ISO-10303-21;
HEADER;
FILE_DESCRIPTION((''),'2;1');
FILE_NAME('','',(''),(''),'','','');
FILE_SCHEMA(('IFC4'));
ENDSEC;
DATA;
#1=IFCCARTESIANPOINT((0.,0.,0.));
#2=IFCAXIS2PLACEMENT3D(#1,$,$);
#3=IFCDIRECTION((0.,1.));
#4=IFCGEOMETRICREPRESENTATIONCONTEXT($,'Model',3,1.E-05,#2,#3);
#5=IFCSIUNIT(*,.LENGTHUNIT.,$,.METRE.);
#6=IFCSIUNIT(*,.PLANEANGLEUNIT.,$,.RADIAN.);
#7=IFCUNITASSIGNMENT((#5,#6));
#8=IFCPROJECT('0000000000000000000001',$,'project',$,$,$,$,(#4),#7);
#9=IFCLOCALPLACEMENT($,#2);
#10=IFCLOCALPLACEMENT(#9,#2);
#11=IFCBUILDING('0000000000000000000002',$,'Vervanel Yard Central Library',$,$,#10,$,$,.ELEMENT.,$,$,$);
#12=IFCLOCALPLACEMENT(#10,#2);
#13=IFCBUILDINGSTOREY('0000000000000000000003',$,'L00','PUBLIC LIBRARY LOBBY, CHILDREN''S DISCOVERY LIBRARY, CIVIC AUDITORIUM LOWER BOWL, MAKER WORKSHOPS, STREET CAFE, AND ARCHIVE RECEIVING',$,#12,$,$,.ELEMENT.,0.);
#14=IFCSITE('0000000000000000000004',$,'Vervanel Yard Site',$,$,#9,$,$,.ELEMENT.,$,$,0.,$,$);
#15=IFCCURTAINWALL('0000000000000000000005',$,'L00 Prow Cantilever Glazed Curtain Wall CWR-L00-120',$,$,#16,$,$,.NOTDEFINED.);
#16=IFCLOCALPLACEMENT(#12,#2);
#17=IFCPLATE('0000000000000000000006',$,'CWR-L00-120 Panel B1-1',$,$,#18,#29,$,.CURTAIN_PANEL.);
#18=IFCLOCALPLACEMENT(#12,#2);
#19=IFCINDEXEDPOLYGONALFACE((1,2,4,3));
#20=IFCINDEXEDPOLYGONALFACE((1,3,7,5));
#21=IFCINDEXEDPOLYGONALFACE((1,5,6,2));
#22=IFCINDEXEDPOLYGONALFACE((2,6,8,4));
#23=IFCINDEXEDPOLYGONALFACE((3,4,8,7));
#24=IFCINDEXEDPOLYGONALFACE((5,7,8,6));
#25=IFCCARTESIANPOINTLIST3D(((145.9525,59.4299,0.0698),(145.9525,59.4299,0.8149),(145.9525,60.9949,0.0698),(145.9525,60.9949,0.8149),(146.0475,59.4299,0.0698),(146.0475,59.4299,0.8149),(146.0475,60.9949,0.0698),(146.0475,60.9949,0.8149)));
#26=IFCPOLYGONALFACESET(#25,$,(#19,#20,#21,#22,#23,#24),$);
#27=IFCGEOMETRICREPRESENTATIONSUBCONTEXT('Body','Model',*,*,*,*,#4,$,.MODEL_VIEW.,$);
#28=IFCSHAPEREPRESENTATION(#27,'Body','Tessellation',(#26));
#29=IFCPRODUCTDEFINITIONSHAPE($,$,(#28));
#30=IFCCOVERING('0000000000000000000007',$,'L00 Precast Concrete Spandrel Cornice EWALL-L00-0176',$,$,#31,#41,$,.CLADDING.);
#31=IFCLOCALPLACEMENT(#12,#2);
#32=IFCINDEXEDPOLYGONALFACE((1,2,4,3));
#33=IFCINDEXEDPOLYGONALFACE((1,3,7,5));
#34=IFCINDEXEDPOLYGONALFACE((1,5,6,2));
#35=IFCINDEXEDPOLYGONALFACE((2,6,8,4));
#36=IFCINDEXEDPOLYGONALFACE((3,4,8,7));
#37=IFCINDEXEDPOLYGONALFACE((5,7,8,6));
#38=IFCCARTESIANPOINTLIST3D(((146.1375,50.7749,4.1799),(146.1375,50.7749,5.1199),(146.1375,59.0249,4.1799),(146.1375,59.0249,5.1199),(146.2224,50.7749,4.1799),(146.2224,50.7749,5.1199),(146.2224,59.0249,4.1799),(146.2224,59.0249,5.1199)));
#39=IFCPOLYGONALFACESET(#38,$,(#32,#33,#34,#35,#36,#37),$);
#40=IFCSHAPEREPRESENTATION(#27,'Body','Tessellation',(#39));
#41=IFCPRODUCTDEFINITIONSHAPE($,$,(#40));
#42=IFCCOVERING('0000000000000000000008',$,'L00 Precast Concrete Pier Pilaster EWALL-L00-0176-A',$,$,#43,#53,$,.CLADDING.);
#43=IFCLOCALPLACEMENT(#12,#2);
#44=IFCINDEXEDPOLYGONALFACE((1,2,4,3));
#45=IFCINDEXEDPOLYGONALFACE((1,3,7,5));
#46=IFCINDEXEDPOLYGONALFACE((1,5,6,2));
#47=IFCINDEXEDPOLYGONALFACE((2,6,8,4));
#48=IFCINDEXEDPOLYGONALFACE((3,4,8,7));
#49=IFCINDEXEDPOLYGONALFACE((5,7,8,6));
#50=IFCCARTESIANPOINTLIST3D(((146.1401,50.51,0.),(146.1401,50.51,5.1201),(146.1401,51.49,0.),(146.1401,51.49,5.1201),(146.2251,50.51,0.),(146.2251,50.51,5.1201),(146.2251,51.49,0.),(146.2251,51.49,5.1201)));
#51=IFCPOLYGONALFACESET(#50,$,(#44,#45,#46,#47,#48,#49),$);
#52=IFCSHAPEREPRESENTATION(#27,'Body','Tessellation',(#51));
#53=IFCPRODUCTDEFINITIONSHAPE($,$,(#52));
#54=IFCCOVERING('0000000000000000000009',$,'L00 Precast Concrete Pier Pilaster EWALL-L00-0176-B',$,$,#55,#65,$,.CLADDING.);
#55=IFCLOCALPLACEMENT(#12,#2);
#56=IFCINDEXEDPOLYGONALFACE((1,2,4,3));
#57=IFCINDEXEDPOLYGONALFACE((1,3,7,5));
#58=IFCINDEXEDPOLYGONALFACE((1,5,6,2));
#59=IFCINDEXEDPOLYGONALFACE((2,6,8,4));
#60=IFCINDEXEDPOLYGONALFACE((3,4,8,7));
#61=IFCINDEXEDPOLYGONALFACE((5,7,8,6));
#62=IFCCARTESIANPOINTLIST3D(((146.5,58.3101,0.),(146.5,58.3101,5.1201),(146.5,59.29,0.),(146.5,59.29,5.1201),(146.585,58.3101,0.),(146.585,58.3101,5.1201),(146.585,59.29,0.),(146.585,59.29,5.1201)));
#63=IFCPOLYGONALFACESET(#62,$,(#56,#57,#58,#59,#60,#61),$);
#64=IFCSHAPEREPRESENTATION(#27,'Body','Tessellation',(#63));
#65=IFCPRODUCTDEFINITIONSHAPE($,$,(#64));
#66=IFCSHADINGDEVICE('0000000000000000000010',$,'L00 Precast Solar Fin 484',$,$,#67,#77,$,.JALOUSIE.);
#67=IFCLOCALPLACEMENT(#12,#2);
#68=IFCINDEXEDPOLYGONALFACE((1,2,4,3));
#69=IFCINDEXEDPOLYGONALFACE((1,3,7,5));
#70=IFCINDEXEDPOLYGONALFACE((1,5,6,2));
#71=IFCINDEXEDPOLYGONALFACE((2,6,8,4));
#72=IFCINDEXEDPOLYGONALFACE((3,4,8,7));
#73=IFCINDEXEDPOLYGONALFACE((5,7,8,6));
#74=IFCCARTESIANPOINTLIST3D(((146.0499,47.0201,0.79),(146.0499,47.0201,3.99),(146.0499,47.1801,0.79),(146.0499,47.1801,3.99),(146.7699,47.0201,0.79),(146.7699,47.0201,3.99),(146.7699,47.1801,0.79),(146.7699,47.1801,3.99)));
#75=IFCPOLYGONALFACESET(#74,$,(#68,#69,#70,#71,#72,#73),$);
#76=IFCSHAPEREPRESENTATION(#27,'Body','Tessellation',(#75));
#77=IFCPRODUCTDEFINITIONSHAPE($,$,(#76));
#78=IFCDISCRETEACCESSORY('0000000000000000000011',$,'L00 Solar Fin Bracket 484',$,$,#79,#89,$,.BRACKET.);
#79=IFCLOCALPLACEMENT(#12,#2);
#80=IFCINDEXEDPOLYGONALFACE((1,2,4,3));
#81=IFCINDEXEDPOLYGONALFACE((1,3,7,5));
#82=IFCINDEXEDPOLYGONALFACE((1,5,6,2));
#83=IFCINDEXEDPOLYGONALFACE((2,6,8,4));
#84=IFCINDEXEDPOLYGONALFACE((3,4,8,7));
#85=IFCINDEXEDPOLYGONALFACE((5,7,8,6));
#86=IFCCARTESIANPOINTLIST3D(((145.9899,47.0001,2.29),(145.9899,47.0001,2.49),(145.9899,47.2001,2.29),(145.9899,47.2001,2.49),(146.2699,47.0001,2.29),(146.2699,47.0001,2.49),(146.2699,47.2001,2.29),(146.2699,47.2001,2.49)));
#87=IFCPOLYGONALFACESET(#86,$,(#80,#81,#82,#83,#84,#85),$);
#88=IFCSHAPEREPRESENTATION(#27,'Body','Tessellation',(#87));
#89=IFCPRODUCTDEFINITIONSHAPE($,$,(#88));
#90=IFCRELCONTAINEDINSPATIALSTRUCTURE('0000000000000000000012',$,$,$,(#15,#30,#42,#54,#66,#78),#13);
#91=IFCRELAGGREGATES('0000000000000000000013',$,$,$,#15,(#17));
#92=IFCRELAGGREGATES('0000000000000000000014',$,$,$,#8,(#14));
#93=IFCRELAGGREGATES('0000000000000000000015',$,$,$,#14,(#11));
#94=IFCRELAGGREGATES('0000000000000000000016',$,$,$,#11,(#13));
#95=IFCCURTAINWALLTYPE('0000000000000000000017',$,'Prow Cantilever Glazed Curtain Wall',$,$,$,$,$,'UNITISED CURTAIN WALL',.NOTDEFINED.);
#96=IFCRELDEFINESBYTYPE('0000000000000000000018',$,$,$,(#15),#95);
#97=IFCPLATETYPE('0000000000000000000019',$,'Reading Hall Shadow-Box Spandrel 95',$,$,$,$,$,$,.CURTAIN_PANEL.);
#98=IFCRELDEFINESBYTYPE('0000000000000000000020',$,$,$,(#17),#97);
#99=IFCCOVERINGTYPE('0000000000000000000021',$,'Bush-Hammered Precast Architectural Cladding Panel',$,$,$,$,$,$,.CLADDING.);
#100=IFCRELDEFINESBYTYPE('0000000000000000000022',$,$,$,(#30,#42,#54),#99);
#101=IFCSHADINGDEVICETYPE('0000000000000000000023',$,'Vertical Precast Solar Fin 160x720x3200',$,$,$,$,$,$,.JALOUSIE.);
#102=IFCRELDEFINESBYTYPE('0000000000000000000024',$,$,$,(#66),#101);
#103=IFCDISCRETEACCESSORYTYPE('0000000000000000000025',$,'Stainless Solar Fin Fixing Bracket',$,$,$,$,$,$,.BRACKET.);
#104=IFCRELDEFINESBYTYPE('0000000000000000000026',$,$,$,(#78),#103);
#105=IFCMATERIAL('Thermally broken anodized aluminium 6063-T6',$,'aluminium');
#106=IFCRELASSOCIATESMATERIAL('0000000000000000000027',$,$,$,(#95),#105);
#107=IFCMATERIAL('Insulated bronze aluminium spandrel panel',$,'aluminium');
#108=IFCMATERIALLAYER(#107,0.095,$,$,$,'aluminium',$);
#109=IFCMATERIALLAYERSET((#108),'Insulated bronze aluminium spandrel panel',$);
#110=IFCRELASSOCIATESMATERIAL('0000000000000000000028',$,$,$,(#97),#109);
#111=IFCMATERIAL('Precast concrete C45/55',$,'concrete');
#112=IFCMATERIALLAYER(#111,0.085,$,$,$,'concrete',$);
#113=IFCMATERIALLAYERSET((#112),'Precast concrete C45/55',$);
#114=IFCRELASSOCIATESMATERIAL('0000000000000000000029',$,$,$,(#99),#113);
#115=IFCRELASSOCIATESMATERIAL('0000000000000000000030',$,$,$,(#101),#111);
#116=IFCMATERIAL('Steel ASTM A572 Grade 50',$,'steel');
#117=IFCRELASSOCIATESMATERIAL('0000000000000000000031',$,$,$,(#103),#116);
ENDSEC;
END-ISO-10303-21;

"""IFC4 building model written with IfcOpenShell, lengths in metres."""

from ifc_helpers import new_model, si_unit, direction, frame, origin, origin_2d, place, context, subcontext, project, spatial, rectangle, extrude, material, layer, layer_set, type_object, element, aggregate, save


model = new_model("IFC4")

# Units and contexts
model_context = context("Model", 3, precision=1e-05, world=origin(), true_north=direction((0.0, 1.0)))
body_context = subcontext(model_context, "Body", "Model", "MODEL_VIEW")
ifc_project = project(units=[si_unit("LENGTHUNIT", "METRE"), si_unit("PLANEANGLEUNIT", "RADIAN")], contexts=[model_context])

# Site, building, storey
site_placement = place(None, origin())
site = spatial("IfcSite", under=ifc_project, at=site_placement, Name="Vervanel Yard Site", CompositionType="ELEMENT", RefElevation=0.0)
building_placement = place(site_placement, origin())
building = spatial("IfcBuilding", under=site, at=building_placement, Name="Vervanel Yard Central Library", CompositionType="ELEMENT")
storey_placement = place(building_placement, origin())
storey = spatial("IfcBuildingStorey", under=building, at=storey_placement, Name="L00", Description="PUBLIC LIBRARY LOBBY, CHILDREN'S DISCOVERY LIBRARY, CIVIC AUDITORIUM LOWER BOWL, MAKER WORKSHOPS, STREET CAFE, AND ARCHIVE RECEIVING", CompositionType="ELEMENT", Elevation=0.0)

# Curtain wall
ifc_material_1 = material(Name="Thermally broken anodized aluminium 6063-T6", Category="aluminium")
curtain_wall_type = type_object("IfcCurtainWallType", Name="Prow Cantilever Glazed Curtain Wall", ElementType="UNITISED CURTAIN WALL", PredefinedType="NOTDEFINED", material=ifc_material_1)
curtain_wall_placement = place(storey_placement, origin())
curtain_wall = element("IfcCurtainWall", 1, at=curtain_wall_placement, inside=storey, type_object=curtain_wall_type, Name="L00 Prow Cantilever Glazed Curtain Wall CWR-L00-120", PredefinedType="NOTDEFINED")

# Shared definitions
ifc_material_2 = material(Name="Steel ASTM A572 Grade 50", Category="steel")

# Plate
ifc_material_3 = material(Name="Insulated bronze aluminium spandrel panel", Category="aluminium")
ifc_layer_1 = layer(ifc_material_3, 0.095, Category="aluminium")
ifc_layer_set_1 = layer_set([ifc_layer_1], Name="Insulated bronze aluminium spandrel panel")
plate_type_1 = type_object("IfcPlateType", Name="Reading Hall Shadow-Box Spandrel 95", PredefinedType="CURTAIN_PANEL", material=ifc_layer_set_1)
plate_1_placement = place(storey_placement, frame((146.0, 60.2124, 0.0698), z_axis=(0.0, 0.0, 1.0), x_axis=(0.0, 1.0, 0.0)))
plate_1 = element("IfcPlate", 2, at=plate_1_placement, type_object=plate_type_1, Name="CWR-L00-120 Panel B1-1", PredefinedType="CURTAIN_PANEL", context=body_context, shape_type="SweptSolid", body=[
    extrude(rectangle(XDim=1.5649, YDim=0.095, at=origin_2d()), origin(), (0.0, 0.0, 1.0), 0.7451),
])
aggregate(curtain_wall, [plate_1])

# Coverings
ifc_material_4 = material(Name="Precast concrete C45/55", Category="concrete")
ifc_layer_2 = layer(ifc_material_4, 0.085, Category="concrete")
ifc_layer_set_2 = layer_set([ifc_layer_2], Name="Precast concrete C45/55")
covering_type = type_object("IfcCoveringType", Name="Bush-Hammered Precast Architectural Cladding Panel", PredefinedType="CLADDING", material=ifc_layer_set_2)
covering_placement = place(storey_placement, frame((146.1799, 54.8999, 4.1799), z_axis=(0.0, 0.0, 1.0), x_axis=(0.0, 1.0, 0.0)))
element("IfcCovering", 3, at=covering_placement, inside=storey, type_object=covering_type, Name="L00 Precast Concrete Spandrel Cornice EWALL-L00-0176", PredefinedType="CLADDING", context=body_context, shape_type="SweptSolid", body=[
    extrude(rectangle(XDim=8.25, YDim=0.085, at=origin_2d()), origin(), (0.0, 0.0, 1.0), 0.9399),
])
for number, where, z_axis, x_axis, name in (
    (4, (146.1826, 51.0, 0.0), (0.0, 0.0, 1.0), (0.0, 1.0, 0.0), "L00 Precast Concrete Pier Pilaster EWALL-L00-0176-A"),
    (5, (146.5425, 58.8, 0.0), (0.0, 0.0, 1.0), (0.0, 1.0, 0.0), "L00 Precast Concrete Pier Pilaster EWALL-L00-0176-B"),
):
    element("IfcCovering", number, at=place(storey_placement, frame(where, z_axis=z_axis, x_axis=x_axis)), inside=storey, type_object=covering_type, Name=name, PredefinedType="CLADDING", context=body_context, shape_type="SweptSolid", body=[
        extrude(rectangle(XDim=0.98, YDim=0.085, at=origin_2d()), origin(), (0.0, 0.0, 1.0), 5.1201),
    ])

# Shading device
shading_device_type = type_object("IfcShadingDeviceType", Name="Vertical Precast Solar Fin 160x720x3200", PredefinedType="JALOUSIE", material=ifc_material_4)
shading_device_placement = place(storey_placement, frame((146.4099, 47.1001, 0.79), z_axis=(0.0, 0.0, 1.0), x_axis=(0.0, 1.0, 0.0)))
element("IfcShadingDevice", 6, at=shading_device_placement, inside=storey, type_object=shading_device_type, Name="L00 Precast Solar Fin 484", PredefinedType="JALOUSIE", context=body_context, shape_type="SweptSolid", body=[
    extrude(rectangle(XDim=0.1599, YDim=0.72, at=origin_2d()), origin(), (0.0, 0.0, 1.0), 3.2),
])

# Discrete accessory
discrete_accessory_type = type_object("IfcDiscreteAccessoryType", Name="Stainless Solar Fin Fixing Bracket", PredefinedType="BRACKET", material=ifc_material_2)
discrete_accessory_placement = place(storey_placement, frame((146.1299, 47.1001, 2.29), z_axis=(0.0, 0.0, 1.0), x_axis=(0.0, 1.0, 0.0)))
element("IfcDiscreteAccessory", 7, at=discrete_accessory_placement, inside=storey, type_object=discrete_accessory_type, Name="L00 Solar Fin Bracket 484", PredefinedType="BRACKET", context=body_context, shape_type="SweptSolid", body=[
    extrude(rectangle(XDim=0.2, YDim=0.28, at=origin_2d()), origin(), (0.0, 0.0, 1.0), 0.2),
])

save(model, "model.ifc")
